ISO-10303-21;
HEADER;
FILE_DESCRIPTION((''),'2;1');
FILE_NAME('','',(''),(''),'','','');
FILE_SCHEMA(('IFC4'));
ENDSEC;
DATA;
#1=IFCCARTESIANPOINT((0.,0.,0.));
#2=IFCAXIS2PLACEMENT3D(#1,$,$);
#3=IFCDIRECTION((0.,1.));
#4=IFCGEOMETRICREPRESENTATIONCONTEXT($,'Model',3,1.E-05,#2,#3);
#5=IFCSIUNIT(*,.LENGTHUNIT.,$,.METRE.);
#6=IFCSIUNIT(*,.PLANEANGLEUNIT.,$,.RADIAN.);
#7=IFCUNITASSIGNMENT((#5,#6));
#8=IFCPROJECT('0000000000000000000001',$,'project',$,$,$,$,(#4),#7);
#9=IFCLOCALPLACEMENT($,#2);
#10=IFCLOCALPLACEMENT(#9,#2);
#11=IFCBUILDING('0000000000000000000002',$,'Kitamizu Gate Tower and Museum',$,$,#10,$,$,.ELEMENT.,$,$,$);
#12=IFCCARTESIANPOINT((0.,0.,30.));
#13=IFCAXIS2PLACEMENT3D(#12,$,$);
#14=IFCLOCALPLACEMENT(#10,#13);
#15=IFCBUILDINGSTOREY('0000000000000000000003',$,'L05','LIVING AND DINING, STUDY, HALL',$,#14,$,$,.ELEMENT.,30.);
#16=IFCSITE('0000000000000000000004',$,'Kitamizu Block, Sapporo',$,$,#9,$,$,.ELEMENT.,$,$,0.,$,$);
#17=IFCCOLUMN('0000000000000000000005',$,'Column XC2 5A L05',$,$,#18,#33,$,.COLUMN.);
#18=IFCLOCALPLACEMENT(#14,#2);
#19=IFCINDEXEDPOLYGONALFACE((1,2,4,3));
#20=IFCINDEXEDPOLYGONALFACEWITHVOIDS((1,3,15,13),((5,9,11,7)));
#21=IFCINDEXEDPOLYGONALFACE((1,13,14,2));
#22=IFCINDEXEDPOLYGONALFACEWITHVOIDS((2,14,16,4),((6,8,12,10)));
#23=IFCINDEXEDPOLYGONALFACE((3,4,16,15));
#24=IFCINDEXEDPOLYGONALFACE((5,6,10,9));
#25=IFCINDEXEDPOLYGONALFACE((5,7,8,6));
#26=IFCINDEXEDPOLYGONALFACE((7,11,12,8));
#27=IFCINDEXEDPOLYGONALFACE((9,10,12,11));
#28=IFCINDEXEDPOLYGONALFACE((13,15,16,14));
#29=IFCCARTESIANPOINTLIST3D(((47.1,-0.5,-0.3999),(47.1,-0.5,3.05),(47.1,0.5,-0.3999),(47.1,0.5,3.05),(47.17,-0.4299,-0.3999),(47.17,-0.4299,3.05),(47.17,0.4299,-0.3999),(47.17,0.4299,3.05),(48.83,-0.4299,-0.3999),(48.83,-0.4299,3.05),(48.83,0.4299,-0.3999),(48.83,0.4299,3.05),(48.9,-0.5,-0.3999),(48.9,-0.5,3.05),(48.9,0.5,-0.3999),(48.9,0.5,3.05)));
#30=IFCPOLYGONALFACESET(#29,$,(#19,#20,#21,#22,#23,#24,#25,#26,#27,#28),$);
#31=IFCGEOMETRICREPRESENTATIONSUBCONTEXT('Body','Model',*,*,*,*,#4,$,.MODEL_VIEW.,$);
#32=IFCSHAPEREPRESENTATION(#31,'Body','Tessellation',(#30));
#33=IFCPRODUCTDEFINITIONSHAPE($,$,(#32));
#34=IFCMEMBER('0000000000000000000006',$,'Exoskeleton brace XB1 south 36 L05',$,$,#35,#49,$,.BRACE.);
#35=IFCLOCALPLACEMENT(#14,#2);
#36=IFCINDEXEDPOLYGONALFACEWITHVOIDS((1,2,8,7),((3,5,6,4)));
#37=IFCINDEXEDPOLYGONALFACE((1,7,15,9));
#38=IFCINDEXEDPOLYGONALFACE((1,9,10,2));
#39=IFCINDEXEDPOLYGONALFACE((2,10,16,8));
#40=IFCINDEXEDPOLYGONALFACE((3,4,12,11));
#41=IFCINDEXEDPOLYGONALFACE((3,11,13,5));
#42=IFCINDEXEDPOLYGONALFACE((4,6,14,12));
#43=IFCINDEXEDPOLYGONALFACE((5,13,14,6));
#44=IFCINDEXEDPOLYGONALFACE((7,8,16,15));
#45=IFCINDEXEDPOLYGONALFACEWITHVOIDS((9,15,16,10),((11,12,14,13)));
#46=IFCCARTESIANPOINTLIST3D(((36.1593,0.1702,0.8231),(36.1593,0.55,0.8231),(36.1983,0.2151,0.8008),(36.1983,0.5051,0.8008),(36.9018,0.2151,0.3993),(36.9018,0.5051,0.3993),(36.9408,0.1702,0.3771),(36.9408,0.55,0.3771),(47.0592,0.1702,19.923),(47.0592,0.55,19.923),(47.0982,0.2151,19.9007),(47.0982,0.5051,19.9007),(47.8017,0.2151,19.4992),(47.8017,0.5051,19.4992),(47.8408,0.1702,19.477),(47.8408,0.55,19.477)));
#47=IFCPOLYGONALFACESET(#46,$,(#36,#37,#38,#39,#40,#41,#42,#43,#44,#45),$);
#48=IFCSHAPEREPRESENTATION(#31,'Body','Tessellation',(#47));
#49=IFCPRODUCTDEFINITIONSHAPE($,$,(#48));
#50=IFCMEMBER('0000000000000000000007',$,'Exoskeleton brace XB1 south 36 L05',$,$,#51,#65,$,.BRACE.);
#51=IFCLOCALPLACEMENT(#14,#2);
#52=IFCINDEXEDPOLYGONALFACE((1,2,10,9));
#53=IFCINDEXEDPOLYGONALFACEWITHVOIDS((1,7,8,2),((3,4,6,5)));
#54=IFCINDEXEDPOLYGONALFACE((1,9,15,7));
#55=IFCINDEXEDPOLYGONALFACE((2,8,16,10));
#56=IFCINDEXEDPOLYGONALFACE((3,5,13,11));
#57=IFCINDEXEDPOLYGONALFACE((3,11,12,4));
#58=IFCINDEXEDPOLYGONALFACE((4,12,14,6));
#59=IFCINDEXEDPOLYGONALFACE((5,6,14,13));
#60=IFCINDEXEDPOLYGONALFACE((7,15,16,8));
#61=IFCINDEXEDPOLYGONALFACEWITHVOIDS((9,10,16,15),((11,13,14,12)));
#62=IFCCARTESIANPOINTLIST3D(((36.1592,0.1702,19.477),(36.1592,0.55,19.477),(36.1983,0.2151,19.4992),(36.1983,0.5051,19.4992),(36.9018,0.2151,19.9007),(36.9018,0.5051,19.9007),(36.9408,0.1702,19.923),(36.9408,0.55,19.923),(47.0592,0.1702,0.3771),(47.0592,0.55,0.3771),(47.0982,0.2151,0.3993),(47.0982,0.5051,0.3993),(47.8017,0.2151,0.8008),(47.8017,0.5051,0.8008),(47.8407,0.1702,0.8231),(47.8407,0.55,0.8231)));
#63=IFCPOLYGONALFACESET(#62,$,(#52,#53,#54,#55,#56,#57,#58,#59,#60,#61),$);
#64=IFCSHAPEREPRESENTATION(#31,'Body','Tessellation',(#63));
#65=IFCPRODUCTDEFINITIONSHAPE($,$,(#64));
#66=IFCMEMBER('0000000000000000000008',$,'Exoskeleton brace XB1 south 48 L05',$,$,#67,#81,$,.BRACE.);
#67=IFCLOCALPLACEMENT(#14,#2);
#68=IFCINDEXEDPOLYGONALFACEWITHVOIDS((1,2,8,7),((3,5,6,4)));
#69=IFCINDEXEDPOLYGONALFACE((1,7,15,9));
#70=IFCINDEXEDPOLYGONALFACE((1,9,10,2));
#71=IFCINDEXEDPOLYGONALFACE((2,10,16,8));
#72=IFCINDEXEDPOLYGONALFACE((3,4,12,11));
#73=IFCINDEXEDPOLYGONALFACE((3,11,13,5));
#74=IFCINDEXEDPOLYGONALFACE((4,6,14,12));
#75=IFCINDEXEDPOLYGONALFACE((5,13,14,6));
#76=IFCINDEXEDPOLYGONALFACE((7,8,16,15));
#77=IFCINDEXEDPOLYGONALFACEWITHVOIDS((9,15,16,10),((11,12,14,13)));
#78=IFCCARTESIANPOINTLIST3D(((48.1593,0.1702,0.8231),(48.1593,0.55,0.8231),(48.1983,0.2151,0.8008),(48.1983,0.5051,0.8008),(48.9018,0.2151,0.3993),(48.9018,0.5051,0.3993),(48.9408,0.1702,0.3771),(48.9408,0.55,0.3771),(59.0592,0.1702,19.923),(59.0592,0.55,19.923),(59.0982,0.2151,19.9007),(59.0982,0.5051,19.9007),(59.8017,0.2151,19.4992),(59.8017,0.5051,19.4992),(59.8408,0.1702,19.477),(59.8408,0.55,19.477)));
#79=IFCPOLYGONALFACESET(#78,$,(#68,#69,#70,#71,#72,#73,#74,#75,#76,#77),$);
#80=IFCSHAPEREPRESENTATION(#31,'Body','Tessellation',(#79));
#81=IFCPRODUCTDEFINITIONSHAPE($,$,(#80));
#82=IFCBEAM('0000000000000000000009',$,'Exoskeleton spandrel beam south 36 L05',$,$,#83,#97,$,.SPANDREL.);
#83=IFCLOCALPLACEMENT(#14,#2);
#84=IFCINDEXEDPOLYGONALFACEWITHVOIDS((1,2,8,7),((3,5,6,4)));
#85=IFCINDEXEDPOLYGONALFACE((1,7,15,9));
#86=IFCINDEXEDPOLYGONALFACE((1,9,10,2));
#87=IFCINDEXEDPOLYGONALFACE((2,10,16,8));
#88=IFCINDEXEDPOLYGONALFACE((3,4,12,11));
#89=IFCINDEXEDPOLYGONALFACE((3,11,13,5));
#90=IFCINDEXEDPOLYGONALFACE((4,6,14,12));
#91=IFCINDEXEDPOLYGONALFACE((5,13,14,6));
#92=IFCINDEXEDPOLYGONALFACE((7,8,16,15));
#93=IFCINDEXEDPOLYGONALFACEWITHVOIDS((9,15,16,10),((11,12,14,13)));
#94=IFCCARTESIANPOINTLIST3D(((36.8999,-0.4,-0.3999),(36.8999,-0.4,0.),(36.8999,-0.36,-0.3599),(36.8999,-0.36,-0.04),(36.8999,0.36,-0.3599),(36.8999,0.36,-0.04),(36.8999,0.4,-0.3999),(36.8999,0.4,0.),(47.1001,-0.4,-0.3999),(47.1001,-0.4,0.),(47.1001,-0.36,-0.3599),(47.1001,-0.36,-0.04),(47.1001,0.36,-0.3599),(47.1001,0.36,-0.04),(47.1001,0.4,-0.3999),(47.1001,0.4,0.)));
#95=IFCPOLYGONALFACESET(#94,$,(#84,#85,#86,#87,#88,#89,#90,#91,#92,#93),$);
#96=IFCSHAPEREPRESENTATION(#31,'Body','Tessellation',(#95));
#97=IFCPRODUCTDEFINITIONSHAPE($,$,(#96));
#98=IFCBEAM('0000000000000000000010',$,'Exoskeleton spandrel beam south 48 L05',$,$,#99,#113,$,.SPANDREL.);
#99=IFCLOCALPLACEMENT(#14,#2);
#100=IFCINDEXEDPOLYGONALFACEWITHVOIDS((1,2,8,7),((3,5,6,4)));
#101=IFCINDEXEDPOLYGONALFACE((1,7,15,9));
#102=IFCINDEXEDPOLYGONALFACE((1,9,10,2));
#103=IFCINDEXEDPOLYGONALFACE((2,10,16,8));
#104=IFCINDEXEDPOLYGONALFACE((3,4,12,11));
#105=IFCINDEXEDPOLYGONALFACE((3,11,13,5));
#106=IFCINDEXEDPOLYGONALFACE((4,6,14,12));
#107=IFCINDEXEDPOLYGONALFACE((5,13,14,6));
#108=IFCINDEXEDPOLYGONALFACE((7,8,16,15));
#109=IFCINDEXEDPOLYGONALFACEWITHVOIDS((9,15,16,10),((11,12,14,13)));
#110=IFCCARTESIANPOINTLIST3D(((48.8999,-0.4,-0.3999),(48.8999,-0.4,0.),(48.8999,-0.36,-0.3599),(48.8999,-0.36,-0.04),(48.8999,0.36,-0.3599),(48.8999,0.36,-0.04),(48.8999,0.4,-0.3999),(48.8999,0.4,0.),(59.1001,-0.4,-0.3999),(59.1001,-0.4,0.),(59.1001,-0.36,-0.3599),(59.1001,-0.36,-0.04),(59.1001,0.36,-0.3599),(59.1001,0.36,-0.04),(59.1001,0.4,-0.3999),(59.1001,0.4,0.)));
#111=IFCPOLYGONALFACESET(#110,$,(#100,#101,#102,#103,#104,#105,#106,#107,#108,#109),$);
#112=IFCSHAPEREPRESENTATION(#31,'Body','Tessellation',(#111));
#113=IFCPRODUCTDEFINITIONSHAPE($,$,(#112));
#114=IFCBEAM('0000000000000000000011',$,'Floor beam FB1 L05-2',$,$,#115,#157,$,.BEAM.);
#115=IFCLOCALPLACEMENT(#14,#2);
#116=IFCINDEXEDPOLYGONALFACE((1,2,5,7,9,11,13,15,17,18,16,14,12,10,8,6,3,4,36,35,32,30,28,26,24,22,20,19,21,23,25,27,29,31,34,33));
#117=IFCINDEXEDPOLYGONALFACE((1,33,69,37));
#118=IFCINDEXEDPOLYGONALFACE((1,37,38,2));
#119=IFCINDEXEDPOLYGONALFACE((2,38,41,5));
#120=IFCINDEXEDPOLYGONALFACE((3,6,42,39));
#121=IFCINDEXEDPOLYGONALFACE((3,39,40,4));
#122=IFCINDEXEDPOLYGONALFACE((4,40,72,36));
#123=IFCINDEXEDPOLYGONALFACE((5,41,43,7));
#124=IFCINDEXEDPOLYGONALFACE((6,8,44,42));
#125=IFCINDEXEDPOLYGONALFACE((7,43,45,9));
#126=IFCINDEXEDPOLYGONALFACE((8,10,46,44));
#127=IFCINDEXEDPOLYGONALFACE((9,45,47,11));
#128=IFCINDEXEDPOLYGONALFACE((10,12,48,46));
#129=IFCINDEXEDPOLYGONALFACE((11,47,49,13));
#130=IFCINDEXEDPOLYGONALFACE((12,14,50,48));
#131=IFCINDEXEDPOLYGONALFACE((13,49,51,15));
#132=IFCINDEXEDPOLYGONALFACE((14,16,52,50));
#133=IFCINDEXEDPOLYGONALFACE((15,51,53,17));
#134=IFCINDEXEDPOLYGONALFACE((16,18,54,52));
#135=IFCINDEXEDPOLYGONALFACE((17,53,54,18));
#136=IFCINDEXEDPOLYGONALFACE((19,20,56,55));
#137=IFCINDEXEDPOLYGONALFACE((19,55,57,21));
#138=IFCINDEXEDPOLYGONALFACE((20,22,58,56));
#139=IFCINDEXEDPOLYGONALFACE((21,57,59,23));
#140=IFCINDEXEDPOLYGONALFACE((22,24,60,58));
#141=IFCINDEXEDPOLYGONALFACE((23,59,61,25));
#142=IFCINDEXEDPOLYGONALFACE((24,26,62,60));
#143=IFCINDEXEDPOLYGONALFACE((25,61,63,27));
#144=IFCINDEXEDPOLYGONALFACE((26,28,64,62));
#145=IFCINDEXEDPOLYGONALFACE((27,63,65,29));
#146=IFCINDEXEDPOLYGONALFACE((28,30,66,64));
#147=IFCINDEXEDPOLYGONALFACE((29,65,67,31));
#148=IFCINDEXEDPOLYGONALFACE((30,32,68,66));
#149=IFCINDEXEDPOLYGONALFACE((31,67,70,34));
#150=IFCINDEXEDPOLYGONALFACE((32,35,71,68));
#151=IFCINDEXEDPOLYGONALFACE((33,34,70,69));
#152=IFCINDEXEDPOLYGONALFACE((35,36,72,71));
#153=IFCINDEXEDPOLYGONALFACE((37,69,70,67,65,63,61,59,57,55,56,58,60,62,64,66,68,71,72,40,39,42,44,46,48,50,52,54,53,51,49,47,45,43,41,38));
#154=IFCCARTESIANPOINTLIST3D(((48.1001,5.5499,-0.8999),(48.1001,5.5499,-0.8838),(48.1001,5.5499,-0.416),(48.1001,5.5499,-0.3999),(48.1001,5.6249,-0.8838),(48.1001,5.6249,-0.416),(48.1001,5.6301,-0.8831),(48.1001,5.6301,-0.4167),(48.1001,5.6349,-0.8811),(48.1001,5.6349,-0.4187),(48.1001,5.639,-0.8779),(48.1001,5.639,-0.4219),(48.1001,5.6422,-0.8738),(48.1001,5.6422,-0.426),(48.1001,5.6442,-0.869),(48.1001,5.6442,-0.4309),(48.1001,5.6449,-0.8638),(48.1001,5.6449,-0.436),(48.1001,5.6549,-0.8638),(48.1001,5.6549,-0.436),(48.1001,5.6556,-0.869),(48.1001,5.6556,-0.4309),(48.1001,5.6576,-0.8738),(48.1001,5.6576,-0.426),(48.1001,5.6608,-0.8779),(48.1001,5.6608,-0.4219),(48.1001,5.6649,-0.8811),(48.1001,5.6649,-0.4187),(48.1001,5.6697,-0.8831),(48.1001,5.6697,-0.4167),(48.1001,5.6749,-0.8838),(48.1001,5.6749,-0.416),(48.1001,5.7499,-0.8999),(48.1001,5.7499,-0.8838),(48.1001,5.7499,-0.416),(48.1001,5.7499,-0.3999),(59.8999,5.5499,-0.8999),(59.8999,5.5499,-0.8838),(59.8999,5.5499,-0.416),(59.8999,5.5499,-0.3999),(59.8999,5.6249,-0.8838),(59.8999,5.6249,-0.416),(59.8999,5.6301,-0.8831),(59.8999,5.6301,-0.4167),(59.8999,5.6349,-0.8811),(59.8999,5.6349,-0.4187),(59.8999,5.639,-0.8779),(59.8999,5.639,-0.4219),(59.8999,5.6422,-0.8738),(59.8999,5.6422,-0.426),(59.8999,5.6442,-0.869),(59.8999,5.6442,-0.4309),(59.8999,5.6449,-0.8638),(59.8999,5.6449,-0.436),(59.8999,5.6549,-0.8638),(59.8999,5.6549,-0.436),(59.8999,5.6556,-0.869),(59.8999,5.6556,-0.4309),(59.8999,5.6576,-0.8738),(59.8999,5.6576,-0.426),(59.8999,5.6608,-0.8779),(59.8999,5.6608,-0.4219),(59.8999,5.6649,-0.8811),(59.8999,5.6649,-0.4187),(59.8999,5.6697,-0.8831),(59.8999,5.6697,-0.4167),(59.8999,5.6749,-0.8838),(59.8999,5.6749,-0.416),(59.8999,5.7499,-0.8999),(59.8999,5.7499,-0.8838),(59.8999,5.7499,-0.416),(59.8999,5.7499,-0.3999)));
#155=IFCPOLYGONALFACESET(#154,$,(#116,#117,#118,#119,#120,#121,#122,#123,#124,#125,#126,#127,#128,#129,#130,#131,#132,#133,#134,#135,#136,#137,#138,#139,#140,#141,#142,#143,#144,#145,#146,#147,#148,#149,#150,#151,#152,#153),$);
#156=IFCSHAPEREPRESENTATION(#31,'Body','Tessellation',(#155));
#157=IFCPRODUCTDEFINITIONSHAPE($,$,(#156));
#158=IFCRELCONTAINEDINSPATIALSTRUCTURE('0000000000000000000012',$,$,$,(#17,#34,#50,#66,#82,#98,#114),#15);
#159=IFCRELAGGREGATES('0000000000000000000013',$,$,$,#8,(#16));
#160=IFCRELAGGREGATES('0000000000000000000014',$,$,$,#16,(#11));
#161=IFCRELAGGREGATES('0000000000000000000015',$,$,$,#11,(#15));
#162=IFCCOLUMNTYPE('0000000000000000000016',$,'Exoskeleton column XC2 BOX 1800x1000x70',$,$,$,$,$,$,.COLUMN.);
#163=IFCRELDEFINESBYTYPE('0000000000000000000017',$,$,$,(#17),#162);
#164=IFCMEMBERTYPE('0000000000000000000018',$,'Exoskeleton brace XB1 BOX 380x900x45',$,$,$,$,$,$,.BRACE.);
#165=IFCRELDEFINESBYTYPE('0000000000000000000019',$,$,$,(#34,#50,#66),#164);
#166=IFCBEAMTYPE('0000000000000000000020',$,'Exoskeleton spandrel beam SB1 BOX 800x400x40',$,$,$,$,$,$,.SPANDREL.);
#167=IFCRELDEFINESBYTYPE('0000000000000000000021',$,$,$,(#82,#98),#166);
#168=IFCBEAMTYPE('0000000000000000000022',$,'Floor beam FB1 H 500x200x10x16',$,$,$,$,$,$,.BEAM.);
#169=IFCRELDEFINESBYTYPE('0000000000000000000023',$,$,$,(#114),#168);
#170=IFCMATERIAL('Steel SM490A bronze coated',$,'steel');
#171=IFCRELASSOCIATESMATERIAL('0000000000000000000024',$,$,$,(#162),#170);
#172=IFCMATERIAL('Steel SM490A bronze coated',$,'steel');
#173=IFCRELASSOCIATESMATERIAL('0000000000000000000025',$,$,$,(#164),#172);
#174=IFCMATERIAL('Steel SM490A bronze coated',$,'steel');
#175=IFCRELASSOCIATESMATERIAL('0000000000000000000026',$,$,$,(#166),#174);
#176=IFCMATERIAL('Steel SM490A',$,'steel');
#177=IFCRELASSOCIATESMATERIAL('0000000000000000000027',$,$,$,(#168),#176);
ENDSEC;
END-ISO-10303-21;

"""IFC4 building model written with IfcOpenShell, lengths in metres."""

from ifc_helpers import new_model, si_unit, direction, frame, origin, origin_2d, place, context, subcontext, project, spatial, hollow_rectangle, i_section, extrude, material, material_profile, profile_set, type_object, element, save


model = new_model("IFC4")

# Units and contexts
model_context = context("Model", 3, precision=1e-05, world=origin(), true_north=direction((0.0, 1.0)))
body_context = subcontext(model_context, "Body", "Model", "MODEL_VIEW")
ifc_project = project(units=[si_unit("LENGTHUNIT", "METRE"), si_unit("PLANEANGLEUNIT", "RADIAN")], contexts=[model_context])

# Site, building, storey
site_placement = place(None, origin())
site = spatial("IfcSite", under=ifc_project, at=site_placement, Name="Kitamizu Block, Sapporo", CompositionType="ELEMENT", RefElevation=0.0)
building_placement = place(site_placement, origin())
building = spatial("IfcBuilding", under=site, at=building_placement, Name="Kitamizu Gate Tower and Museum", CompositionType="ELEMENT")
storey_placement = place(building_placement, frame((0.0, 0.0, 30.0)))
storey = spatial("IfcBuildingStorey", under=building, at=storey_placement, Name="L05", Description="LIVING AND DINING, STUDY, HALL", CompositionType="ELEMENT", Elevation=30.0)

# Column
ifc_material_1 = material(Name="Steel SM490A bronze coated", Category="steel")
ifc_material_profile_1 = material_profile(ifc_material_1, hollow_rectangle(XDim=1.8, YDim=1.0, WallThickness=0.0701, at=origin_2d()), Name="BOX 1800x1000x70")
ifc_profile_set_1 = profile_set([ifc_material_profile_1], Name="Steel SM490A bronze coated")
column_type = type_object("IfcColumnType", Name="Exoskeleton column XC2 BOX 1800x1000x70", PredefinedType="COLUMN", material=ifc_profile_set_1)
column_placement = place(storey_placement, frame((48.0, 0.0, -0.3999), z_axis=(0.0, 0.0, 1.0), x_axis=(1.0, 0.0, 0.0)))
element("IfcColumn", 1, at=column_placement, inside=storey, type_object=column_type, Name="Column XC2 5A L05", PredefinedType="COLUMN", context=body_context, shape_type="SweptSolid", body=[
    extrude(hollow_rectangle(XDim=1.8, YDim=1.0, WallThickness=0.0701, at=origin_2d()), origin(), (0.0, 0.0, 1.0), 3.45),
])

# Members
ifc_material_2 = material(Name="Steel SM490A bronze coated", Category="steel")
ifc_material_profile_2 = material_profile(ifc_material_2, hollow_rectangle(XDim=0.3799, YDim=0.8999, WallThickness=0.0449, at=origin_2d()), Name="BOX 380x900x45")
ifc_profile_set_2 = profile_set([ifc_material_profile_2], Name="Steel SM490A bronze coated")
member_type = type_object("IfcMemberType", Name="Exoskeleton brace XB1 BOX 380x900x45", PredefinedType="BRACE", material=ifc_profile_set_2)
for number, where, z_axis, x_axis, name in (
    (2, (36.55, 0.3601, 0.6001), (0.495649, 0.0, 0.868523), (0.0, 1.0, 0.0), "Exoskeleton brace XB1 south 36 L05"),
    (3, (47.45, 0.3601, 0.6001), (-0.495649, 0.0, 0.868523), (0.0, -1.0, 0.0), "Exoskeleton brace XB1 south 36 L05"),
    (4, (48.55, 0.3601, 0.6001), (0.495649, 0.0, 0.868523), (0.0, 1.0, 0.0), "Exoskeleton brace XB1 south 48 L05"),
):
    element("IfcMember", number, at=place(storey_placement, frame(where, z_axis=z_axis, x_axis=x_axis)), inside=storey, type_object=member_type, Name=name, PredefinedType="BRACE", context=body_context, shape_type="SweptSolid", body=[
        extrude(hollow_rectangle(XDim=0.3799, YDim=0.8999, WallThickness=0.0449, at=origin_2d()), origin(), (0.0, 0.0, 1.0), 21.9912),
    ])

# Beams
ifc_material_3 = material(Name="Steel SM490A bronze coated", Category="steel")
ifc_material_profile_3 = material_profile(ifc_material_3, hollow_rectangle(XDim=0.8, YDim=0.3999, WallThickness=0.04, at=origin_2d()), Name="BOX 800x400x40")
ifc_profile_set_3 = profile_set([ifc_material_profile_3], Name="Steel SM490A bronze coated")
beam_type_1 = type_object("IfcBeamType", Name="Exoskeleton spandrel beam SB1 BOX 800x400x40", PredefinedType="SPANDREL", material=ifc_profile_set_3)
for number, where, z_axis, x_axis, name in (
    (5, (36.8999, 0.0, -0.2), (1.0, 0.0, 0.0), (0.0, 1.0, 0.0), "Exoskeleton spandrel beam south 36 L05"),
    (6, (48.8999, 0.0, -0.2), (1.0, 0.0, 0.0), (0.0, 1.0, 0.0), "Exoskeleton spandrel beam south 48 L05"),
):
    element("IfcBeam", number, at=place(storey_placement, frame(where, z_axis=z_axis, x_axis=x_axis)), inside=storey, type_object=beam_type_1, Name=name, PredefinedType="SPANDREL", context=body_context, shape_type="SweptSolid", body=[
        extrude(hollow_rectangle(XDim=0.8, YDim=0.3999, WallThickness=0.04, at=origin_2d()), origin(), (0.0, 0.0, 1.0), 10.2002),
    ])
ifc_material_4 = material(Name="Steel SM490A", Category="steel")
ifc_material_profile_4 = material_profile(ifc_material_4, i_section(OverallWidth=0.2, OverallDepth=0.5, WebThickness=0.01, FlangeThickness=0.0161, FilletRadius=0.02, at=origin_2d()), Name="H-500x200x10x16")
ifc_profile_set_4 = profile_set([ifc_material_profile_4], Name="Steel SM490A")
beam_type_2 = type_object("IfcBeamType", Name="Floor beam FB1 H 500x200x10x16", PredefinedType="BEAM", material=ifc_profile_set_4)
beam_1_placement = place(storey_placement, frame((48.1001, 5.6499, -0.6499), z_axis=(1.0, 0.0, 0.0), x_axis=(0.0, 1.0, 0.0)))
element("IfcBeam", 7, at=beam_1_placement, inside=storey, type_object=beam_type_2, Name="Floor beam FB1 L05-2", PredefinedType="BEAM", context=body_context, shape_type="SweptSolid", body=[
    extrude(i_section(OverallWidth=0.2, OverallDepth=0.5, WebThickness=0.01, FlangeThickness=0.0161, FilletRadius=0.02, at=origin_2d()), origin(), (0.0, 0.0, 1.0), 11.7998),
])

save(model, "model.ifc")
